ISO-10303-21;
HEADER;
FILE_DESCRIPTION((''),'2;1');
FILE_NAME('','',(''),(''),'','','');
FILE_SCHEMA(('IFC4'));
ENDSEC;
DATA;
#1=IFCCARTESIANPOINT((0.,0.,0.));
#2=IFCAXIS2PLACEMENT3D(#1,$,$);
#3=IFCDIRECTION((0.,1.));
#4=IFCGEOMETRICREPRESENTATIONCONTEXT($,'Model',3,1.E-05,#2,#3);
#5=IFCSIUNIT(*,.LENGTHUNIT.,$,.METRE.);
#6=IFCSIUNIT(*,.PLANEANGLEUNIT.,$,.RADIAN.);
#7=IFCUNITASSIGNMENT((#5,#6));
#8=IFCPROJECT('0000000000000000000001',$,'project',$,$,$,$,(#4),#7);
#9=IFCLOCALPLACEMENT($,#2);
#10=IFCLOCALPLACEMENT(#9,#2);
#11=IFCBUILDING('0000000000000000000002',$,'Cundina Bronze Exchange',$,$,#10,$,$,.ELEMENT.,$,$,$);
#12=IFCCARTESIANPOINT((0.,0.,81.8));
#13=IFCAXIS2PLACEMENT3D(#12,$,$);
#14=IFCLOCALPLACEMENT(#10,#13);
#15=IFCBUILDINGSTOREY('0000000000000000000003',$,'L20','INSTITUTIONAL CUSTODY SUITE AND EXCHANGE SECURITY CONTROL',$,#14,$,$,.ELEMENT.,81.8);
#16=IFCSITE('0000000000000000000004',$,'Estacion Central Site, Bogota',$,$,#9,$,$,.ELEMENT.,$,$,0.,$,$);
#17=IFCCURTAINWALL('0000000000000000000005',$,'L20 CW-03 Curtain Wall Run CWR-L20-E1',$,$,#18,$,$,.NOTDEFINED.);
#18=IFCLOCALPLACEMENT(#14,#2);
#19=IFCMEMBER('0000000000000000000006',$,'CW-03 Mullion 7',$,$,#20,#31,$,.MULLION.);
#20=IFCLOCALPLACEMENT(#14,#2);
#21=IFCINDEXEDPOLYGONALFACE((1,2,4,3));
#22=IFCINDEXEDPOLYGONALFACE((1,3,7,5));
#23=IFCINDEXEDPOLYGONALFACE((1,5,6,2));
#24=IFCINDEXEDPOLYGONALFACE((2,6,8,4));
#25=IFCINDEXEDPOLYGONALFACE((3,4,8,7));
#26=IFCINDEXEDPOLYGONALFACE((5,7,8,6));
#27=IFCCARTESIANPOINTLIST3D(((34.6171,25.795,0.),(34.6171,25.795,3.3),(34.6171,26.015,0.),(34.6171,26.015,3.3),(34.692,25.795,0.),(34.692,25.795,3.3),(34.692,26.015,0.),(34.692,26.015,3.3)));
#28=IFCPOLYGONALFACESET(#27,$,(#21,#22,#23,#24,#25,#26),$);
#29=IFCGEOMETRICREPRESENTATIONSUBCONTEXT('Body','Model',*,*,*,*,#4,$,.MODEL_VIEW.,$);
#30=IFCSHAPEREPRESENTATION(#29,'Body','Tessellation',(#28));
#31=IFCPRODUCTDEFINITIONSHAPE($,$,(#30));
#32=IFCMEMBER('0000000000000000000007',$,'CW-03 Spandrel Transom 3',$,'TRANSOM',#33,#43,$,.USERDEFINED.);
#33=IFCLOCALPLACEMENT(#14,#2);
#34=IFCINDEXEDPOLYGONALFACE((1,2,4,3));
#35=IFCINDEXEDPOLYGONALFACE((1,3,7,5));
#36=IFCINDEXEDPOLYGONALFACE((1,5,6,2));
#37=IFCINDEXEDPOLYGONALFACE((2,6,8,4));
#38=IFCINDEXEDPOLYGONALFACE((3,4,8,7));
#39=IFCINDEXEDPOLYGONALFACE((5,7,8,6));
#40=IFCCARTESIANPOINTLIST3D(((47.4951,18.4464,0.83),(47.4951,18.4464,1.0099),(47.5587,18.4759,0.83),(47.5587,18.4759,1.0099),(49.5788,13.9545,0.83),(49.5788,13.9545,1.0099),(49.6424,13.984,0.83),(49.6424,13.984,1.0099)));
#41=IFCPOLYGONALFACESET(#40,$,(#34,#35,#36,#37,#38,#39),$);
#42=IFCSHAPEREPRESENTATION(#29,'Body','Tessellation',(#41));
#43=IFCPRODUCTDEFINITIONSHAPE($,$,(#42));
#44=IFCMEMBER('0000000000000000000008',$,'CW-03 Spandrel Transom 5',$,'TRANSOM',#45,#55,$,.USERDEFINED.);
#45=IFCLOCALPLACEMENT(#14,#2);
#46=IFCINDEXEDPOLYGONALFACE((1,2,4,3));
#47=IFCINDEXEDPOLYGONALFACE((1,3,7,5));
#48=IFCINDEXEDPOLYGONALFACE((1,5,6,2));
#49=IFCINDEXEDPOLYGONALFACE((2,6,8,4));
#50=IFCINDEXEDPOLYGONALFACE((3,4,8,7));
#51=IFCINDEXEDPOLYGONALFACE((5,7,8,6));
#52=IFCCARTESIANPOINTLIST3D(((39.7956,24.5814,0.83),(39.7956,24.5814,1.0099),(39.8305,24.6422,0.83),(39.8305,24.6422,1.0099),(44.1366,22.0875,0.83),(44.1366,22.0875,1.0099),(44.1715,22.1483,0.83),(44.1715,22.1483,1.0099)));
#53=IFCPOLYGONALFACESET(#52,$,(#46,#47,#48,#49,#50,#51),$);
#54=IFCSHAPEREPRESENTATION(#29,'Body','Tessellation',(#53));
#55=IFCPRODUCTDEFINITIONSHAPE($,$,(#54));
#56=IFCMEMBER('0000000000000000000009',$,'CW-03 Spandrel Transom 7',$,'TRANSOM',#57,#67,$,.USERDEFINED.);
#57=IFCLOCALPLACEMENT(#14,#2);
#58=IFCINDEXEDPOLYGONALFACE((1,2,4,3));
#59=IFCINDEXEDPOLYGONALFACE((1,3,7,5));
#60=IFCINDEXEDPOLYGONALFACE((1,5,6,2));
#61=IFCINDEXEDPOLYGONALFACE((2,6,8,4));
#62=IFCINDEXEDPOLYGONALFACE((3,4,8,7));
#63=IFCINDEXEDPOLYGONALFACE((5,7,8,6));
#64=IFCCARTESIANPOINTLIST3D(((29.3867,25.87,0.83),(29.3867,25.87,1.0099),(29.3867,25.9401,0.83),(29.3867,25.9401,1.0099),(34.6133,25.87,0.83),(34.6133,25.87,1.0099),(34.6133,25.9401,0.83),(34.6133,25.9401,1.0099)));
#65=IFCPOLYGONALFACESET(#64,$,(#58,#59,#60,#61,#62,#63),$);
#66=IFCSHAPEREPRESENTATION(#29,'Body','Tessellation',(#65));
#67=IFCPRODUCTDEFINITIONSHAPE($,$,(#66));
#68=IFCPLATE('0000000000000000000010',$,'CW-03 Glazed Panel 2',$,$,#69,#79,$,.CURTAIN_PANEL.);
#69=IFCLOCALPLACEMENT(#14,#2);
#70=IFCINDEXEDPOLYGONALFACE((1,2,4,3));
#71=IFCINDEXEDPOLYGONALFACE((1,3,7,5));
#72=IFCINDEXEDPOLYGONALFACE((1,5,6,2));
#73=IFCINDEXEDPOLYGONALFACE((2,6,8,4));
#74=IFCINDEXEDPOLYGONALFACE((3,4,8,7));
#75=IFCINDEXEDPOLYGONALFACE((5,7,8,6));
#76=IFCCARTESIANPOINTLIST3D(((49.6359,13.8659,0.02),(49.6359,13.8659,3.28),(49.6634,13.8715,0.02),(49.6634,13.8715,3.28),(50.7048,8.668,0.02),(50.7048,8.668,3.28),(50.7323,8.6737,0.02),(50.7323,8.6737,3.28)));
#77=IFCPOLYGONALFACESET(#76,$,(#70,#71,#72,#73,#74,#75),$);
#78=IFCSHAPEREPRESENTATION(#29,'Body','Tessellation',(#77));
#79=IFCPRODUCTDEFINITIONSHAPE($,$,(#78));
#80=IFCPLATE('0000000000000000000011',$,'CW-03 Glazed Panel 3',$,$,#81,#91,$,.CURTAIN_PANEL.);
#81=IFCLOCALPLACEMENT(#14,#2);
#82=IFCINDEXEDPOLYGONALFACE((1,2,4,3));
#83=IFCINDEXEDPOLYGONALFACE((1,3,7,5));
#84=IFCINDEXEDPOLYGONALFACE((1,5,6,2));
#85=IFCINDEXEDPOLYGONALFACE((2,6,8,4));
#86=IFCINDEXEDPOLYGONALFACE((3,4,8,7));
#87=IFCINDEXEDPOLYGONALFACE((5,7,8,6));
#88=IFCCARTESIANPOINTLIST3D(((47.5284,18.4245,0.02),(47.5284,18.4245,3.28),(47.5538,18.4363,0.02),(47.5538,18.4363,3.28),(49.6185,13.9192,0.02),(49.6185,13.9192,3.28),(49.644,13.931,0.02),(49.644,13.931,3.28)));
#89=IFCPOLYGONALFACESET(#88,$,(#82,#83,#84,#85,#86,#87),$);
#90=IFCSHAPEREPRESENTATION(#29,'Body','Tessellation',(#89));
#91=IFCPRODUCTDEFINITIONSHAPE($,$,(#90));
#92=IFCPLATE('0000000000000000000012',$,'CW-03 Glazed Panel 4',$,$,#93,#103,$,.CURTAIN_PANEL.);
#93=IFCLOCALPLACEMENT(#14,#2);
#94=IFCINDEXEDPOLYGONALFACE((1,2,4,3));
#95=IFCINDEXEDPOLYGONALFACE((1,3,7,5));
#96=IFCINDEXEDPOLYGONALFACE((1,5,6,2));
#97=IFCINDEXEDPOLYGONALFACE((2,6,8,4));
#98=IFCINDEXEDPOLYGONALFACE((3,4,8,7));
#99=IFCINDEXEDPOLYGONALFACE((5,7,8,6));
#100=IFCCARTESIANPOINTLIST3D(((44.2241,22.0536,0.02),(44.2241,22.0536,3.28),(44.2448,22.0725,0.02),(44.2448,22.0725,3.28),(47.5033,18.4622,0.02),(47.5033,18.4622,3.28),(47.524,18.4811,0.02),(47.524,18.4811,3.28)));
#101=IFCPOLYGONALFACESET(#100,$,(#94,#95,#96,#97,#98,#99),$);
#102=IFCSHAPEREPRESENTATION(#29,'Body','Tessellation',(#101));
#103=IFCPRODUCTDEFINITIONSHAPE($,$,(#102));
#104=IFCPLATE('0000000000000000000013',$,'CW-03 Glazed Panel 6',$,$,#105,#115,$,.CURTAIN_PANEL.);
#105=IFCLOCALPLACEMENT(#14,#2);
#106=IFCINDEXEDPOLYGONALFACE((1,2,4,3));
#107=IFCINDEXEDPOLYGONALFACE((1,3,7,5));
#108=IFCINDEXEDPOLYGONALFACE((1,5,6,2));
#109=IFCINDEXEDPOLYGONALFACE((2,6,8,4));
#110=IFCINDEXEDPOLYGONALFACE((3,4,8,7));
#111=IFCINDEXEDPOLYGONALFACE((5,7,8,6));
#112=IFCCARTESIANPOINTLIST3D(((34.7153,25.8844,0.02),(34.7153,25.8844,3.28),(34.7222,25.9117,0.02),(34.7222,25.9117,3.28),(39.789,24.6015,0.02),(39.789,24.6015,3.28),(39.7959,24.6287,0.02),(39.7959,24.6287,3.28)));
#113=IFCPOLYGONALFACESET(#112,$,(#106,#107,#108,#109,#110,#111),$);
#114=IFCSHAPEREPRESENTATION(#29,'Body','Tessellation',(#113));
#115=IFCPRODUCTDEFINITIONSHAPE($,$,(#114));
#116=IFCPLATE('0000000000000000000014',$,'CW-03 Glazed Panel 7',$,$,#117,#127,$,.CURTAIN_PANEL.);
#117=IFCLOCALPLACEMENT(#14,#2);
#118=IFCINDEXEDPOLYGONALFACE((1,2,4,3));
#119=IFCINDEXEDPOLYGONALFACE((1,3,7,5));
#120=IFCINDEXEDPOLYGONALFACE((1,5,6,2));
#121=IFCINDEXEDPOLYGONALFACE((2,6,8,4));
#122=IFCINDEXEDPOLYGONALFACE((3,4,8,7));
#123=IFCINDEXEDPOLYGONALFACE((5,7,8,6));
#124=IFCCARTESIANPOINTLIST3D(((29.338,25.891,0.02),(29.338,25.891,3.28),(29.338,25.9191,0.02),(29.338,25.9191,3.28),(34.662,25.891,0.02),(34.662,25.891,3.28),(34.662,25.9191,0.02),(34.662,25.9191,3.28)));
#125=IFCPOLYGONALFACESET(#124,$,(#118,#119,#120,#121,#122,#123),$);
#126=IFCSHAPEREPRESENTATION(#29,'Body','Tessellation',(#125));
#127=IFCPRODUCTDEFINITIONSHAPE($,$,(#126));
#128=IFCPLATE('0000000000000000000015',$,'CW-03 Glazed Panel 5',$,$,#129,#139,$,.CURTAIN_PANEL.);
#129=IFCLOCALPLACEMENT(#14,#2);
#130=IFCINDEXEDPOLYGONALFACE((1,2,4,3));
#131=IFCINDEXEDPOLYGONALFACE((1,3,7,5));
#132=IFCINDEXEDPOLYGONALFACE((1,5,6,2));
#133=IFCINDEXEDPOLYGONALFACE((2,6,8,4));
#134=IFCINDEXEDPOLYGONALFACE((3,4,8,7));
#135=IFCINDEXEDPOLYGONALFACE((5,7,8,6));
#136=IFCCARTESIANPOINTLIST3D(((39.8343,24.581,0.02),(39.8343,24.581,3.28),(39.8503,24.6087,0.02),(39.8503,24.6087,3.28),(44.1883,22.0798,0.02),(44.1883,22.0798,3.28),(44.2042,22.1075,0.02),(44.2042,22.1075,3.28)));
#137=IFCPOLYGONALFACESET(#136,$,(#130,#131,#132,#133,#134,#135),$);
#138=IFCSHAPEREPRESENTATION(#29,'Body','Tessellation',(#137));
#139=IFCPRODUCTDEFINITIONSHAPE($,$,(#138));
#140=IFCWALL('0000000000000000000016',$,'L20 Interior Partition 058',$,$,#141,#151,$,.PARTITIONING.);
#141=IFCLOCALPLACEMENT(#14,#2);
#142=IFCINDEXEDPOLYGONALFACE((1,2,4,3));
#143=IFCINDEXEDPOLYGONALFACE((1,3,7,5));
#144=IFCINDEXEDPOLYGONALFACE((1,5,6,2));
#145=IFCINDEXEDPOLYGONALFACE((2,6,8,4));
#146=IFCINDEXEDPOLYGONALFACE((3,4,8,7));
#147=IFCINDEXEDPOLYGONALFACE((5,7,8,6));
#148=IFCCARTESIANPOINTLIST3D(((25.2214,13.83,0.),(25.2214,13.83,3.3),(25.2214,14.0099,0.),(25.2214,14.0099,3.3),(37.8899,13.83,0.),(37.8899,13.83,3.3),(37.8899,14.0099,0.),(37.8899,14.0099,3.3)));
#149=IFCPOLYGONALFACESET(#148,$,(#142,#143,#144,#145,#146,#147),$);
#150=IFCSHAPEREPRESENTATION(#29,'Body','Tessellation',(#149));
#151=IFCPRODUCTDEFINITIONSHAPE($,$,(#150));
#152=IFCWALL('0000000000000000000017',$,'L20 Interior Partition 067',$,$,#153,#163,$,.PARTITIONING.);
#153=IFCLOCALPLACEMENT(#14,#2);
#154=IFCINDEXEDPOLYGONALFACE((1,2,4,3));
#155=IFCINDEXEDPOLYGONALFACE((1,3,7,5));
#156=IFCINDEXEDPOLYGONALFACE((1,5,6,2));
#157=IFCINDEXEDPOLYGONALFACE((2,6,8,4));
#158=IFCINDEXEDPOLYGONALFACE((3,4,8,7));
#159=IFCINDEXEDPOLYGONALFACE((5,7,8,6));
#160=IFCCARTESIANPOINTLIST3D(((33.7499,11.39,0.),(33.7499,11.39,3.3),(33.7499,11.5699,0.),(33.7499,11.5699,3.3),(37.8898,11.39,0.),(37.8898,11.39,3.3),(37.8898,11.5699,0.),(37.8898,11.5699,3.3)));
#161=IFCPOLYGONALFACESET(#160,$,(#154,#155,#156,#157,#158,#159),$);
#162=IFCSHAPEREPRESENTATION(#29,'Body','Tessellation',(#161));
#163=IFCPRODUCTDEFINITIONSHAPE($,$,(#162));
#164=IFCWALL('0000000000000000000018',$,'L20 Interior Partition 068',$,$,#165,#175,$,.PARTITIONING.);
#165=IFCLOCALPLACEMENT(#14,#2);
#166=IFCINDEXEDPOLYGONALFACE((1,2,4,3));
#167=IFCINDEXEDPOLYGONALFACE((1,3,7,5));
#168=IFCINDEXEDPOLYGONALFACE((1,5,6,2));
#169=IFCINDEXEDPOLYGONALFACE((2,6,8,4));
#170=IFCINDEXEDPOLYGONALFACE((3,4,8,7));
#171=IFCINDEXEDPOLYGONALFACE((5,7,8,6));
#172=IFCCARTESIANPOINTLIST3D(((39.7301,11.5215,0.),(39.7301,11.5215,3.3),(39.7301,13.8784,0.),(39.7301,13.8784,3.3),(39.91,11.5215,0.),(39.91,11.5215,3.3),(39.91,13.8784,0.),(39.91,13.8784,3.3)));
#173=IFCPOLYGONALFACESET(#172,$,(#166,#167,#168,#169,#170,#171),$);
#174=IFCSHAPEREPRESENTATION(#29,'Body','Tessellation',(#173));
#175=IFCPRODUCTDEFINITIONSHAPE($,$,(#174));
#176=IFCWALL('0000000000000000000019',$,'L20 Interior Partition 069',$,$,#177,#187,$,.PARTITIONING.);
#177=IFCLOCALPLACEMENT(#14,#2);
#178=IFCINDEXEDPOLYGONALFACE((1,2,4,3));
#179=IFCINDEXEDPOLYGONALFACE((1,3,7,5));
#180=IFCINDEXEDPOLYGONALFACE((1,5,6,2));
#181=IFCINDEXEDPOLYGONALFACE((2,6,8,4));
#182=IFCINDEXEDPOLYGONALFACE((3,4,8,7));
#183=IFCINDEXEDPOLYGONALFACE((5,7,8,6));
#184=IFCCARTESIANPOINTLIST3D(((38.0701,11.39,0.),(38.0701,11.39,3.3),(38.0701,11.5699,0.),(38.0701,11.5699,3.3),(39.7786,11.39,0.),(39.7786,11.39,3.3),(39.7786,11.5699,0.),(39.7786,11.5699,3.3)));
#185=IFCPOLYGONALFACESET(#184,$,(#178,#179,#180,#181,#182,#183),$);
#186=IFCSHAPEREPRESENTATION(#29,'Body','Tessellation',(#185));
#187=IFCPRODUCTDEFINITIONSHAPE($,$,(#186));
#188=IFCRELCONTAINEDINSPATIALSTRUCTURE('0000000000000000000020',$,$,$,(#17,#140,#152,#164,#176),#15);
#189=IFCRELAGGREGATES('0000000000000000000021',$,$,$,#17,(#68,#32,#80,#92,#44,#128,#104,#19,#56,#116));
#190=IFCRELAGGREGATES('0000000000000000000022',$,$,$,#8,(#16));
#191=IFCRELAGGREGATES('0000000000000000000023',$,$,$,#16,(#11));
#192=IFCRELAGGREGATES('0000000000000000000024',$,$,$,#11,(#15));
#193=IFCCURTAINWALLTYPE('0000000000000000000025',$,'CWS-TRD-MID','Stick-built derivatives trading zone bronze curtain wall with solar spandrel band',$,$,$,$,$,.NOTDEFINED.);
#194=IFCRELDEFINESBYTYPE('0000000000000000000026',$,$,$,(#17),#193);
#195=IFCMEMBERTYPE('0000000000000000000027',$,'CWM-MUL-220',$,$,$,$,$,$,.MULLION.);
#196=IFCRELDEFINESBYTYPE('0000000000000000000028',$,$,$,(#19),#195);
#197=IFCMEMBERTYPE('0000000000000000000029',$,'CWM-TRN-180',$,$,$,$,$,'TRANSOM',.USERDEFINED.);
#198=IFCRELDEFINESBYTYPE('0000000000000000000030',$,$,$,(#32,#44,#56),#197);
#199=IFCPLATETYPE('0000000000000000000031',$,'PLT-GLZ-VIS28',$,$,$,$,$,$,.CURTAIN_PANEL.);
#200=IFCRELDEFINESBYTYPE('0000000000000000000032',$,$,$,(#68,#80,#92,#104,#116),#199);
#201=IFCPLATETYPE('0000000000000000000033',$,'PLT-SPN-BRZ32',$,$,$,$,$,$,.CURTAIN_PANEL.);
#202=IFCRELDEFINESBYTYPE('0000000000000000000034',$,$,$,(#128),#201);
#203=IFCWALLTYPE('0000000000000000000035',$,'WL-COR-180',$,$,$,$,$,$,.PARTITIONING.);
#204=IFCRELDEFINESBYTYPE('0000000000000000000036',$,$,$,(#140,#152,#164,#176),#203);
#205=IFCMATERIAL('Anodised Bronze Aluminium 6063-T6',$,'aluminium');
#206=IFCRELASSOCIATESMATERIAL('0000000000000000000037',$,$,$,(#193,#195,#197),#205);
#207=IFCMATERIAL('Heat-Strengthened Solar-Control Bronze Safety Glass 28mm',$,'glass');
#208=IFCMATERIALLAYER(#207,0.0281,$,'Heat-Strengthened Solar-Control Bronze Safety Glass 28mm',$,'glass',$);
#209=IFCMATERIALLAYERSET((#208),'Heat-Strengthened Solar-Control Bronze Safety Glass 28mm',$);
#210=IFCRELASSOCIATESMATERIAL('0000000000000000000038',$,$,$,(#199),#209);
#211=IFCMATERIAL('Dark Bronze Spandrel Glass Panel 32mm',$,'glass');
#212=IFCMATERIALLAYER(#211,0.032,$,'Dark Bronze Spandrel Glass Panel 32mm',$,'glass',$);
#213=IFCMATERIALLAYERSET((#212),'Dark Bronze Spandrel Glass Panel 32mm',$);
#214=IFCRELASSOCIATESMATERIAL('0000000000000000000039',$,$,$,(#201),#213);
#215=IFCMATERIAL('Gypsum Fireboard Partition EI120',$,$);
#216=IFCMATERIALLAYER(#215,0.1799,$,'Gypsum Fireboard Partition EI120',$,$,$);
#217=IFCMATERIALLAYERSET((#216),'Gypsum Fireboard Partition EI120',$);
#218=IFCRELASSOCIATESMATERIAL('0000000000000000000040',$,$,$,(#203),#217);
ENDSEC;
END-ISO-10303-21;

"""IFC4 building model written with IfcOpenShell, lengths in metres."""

from ifc_helpers import new_model, si_unit, direction, frame, frame_2d, origin, origin_2d, place, context, subcontext, project, spatial, rectangle, extrude, material, layer, layer_set, material_profile, profile_set, type_object, element, aggregate, save


model = new_model("IFC4")

# Units and contexts
model_context = context("Model", 3, precision=1e-05, world=origin(), true_north=direction((0.0, 1.0)))
body_context = subcontext(model_context, "Body", "Model", "MODEL_VIEW")
ifc_project = project(units=[si_unit("LENGTHUNIT", "METRE"), si_unit("PLANEANGLEUNIT", "RADIAN")], contexts=[model_context])

# Site, building, storey
site_placement = place(None, origin())
site = spatial("IfcSite", under=ifc_project, at=site_placement, Name="Estacion Central Site, Bogota", CompositionType="ELEMENT", RefElevation=0.0)
building_placement = place(site_placement, origin())
building = spatial("IfcBuilding", under=site, at=building_placement, Name="Cundina Bronze Exchange", CompositionType="ELEMENT")
storey_placement = place(building_placement, frame((0.0, 0.0, 81.8)))
storey = spatial("IfcBuildingStorey", under=building, at=storey_placement, Name="L20", Description="INSTITUTIONAL CUSTODY SUITE AND EXCHANGE SECURITY CONTROL", CompositionType="ELEMENT", Elevation=81.8)

# Curtain wall, members, plates
ifc_material_1 = material(Name="Anodised Bronze Aluminium 6063-T6", Category="aluminium")
curtain_wall_type = type_object("IfcCurtainWallType", Name="CWS-TRD-MID", Description="Stick-built derivatives trading zone bronze curtain wall with solar spandrel band", PredefinedType="NOTDEFINED", material=ifc_material_1)
curtain_wall_placement = place(storey_placement, origin())
curtain_wall = element("IfcCurtainWall", 1, at=curtain_wall_placement, inside=storey, type_object=curtain_wall_type, Name="L20 CW-03 Curtain Wall Run CWR-L20-E1", PredefinedType="NOTDEFINED")
ifc_material_profile_1 = material_profile(ifc_material_1, rectangle(XDim=0.075, YDim=0.22, at=origin_2d()), Name="AL75X220", Category="aluminium")
ifc_profile_set_1 = profile_set([ifc_material_profile_1], Name="Anodised Bronze Aluminium 6063-T6")
member_type_1 = type_object("IfcMemberType", Name="CWM-MUL-220", PredefinedType="MULLION", material=ifc_profile_set_1)
member_1_placement = place(storey_placement, frame((34.6545, 25.905, 0.0), z_axis=(0.0, 0.0, 1.0), x_axis=(-1.0, 0.0, 0.0)))
member_1 = element("IfcMember", 2, at=member_1_placement, type_object=member_type_1, Name="CW-03 Mullion 7", PredefinedType="MULLION", context=body_context, shape_type="SweptSolid", body=[
    extrude(rectangle(XDim=0.075, YDim=0.22, at=origin_2d()), origin(), (0.0, 0.0, 1.0), 3.3),
])
ifc_material_profile_2 = material_profile(ifc_material_1, rectangle(XDim=0.0701, YDim=0.1799, at=origin_2d()), Name="AL70X180", Category="aluminium")
ifc_profile_set_2 = profile_set([ifc_material_profile_2], Name="Anodised Bronze Aluminium 6063-T6")
member_type_2 = type_object("IfcMemberType", Name="CWM-TRN-180", ElementType="TRANSOM", PredefinedType="USERDEFINED", material=ifc_profile_set_2)
member_2_placement = place(storey_placement, frame((49.6106, 13.9692, 0.9199), z_axis=(-0.420811, 0.907148, 0.0), x_axis=(-0.907148, -0.420811, 0.0)))
member_2 = element("IfcMember", 3, at=member_2_placement, type_object=member_type_2, Name="CW-03 Spandrel Transom 3", ObjectType="TRANSOM", PredefinedType="USERDEFINED", context=body_context, shape_type="SweptSolid", body=[
    extrude(rectangle(XDim=0.0701, YDim=0.1799, at=origin_2d()), origin(), (0.0, 0.0, 1.0), 4.9517),
])
member_3_placement = place(storey_placement, frame((44.1541, 22.1179, 0.9199), z_axis=(-0.867097, 0.498139, 0.0), x_axis=(-0.498139, -0.867097, 0.0)))
member_3 = element("IfcMember", 4, at=member_3_placement, type_object=member_type_2, Name="CW-03 Spandrel Transom 5", ObjectType="TRANSOM", PredefinedType="USERDEFINED", context=body_context, shape_type="SweptSolid", body=[
    extrude(rectangle(XDim=0.0701, YDim=0.1799, at=origin_2d()), origin(), (0.0, 0.0, 1.0), 5.0063),
])
member_4_placement = place(storey_placement, frame((34.6133, 25.905, 0.9199), z_axis=(-1.0, 0.0, 0.0), x_axis=(0.0, -1.0, 0.0)))
member_4 = element("IfcMember", 5, at=member_4_placement, type_object=member_type_2, Name="CW-03 Spandrel Transom 7", ObjectType="TRANSOM", PredefinedType="USERDEFINED", context=body_context, shape_type="SweptSolid", body=[
    extrude(rectangle(XDim=0.0701, YDim=0.1799, at=origin_2d()), origin(), (0.0, 0.0, 1.0), 5.2266),
])
ifc_material_2 = material(Name="Heat-Strengthened Solar-Control Bronze Safety Glass 28mm", Category="glass")
ifc_layer_1 = layer(ifc_material_2, 0.0281, Name="Heat-Strengthened Solar-Control Bronze Safety Glass 28mm", Category="glass")
ifc_layer_set_1 = layer_set([ifc_layer_1], Name="Heat-Strengthened Solar-Control Bronze Safety Glass 28mm")
plate_type_1 = type_object("IfcPlateType", Name="PLT-GLZ-VIS28", PredefinedType="CURTAIN_PANEL", material=ifc_layer_set_1)
plate_1_placement = place(storey_placement, frame((50.1841, 11.2698, 0.02), z_axis=(0.0, 0.0, 1.0), x_axis=(-0.20142, 0.979505, 0.0)))
plate_1 = element("IfcPlate", 6, at=plate_1_placement, type_object=plate_type_1, Name="CW-03 Glazed Panel 2", PredefinedType="CURTAIN_PANEL", context=body_context, shape_type="SweptSolid", body=[
    extrude(rectangle(XDim=5.3066, YDim=0.0281, at=origin_2d()), origin(), (0.0, 0.0, 1.0), 3.26),
])
plate_2_placement = place(storey_placement, frame((48.5862, 16.1777, 0.02), z_axis=(0.0, 0.0, 1.0), x_axis=(-0.420846, 0.907132, 0.0)))
plate_2 = element("IfcPlate", 7, at=plate_2_placement, type_object=plate_type_1, Name="CW-03 Glazed Panel 3", PredefinedType="CURTAIN_PANEL", context=body_context, shape_type="SweptSolid", body=[
    extrude(rectangle(XDim=4.9666, YDim=0.0281, at=origin_2d()), origin(), (0.0, 0.0, 1.0), 3.26),
])
plate_3_placement = place(storey_placement, frame((45.874, 20.2673, 0.02), z_axis=(0.0, 0.0, 1.0), x_axis=(-0.674277, 0.738479, 0.0)))
plate_3 = element("IfcPlate", 8, at=plate_3_placement, type_object=plate_type_1, Name="CW-03 Glazed Panel 4", PredefinedType="CURTAIN_PANEL", context=body_context, shape_type="SweptSolid", body=[
    extrude(rectangle(XDim=4.8633, YDim=0.0281, at=origin_2d()), origin(), (0.0, 0.0, 1.0), 3.26),
])
plate_4_placement = place(storey_placement, frame((37.2556, 25.2566, 0.02), z_axis=(0.0, 0.0, 1.0), x_axis=(-0.969488, 0.245138, 0.0)))
plate_4 = element("IfcPlate", 9, at=plate_4_placement, type_object=plate_type_1, Name="CW-03 Glazed Panel 6", PredefinedType="CURTAIN_PANEL", context=body_context, shape_type="SweptSolid", body=[
    extrude(rectangle(XDim=5.2334, YDim=0.0281, at=origin_2d()), origin(), (0.0, 0.0, 1.0), 3.26),
])
plate_5_placement = place(storey_placement, frame((32.0, 25.905, 0.02), z_axis=(0.0, 0.0, 1.0), x_axis=(-1.0, 0.0, 0.0)))
plate_5 = element("IfcPlate", 10, at=plate_5_placement, type_object=plate_type_1, Name="CW-03 Glazed Panel 7", PredefinedType="CURTAIN_PANEL", context=body_context, shape_type="SweptSolid", body=[
    extrude(rectangle(XDim=5.324, YDim=0.0281, at=origin_2d()), origin(), (0.0, 0.0, 1.0), 3.26),
])
ifc_material_3 = material(Name="Dark Bronze Spandrel Glass Panel 32mm", Category="glass")
ifc_layer_2 = layer(ifc_material_3, 0.032, Name="Dark Bronze Spandrel Glass Panel 32mm", Category="glass")
ifc_layer_set_2 = layer_set([ifc_layer_2], Name="Dark Bronze Spandrel Glass Panel 32mm")
plate_type_2 = type_object("IfcPlateType", Name="PLT-SPN-BRZ32", PredefinedType="CURTAIN_PANEL", material=ifc_layer_set_2)
plate_6_placement = place(storey_placement, frame((42.0193, 23.3442, 0.02), z_axis=(0.0, 0.0, 1.0), x_axis=(-0.867105, 0.498125, 0.0)))
plate_6 = element("IfcPlate", 11, at=plate_6_placement, type_object=plate_type_2, Name="CW-03 Glazed Panel 5", PredefinedType="CURTAIN_PANEL", context=body_context, shape_type="SweptSolid", body=[
    extrude(rectangle(XDim=5.0212, YDim=0.032, at=origin_2d()), origin(), (0.0, 0.0, 1.0), 3.26),
])
aggregate(curtain_wall, [plate_1, member_2, plate_2, plate_3, member_3, plate_6, plate_4, member_1, member_4, plate_5])

# Walls
ifc_material_4 = material(Name="Gypsum Fireboard Partition EI120")
ifc_layer_3 = layer(ifc_material_4, 0.1799, Name="Gypsum Fireboard Partition EI120")
ifc_layer_set_3 = layer_set([ifc_layer_3], Name="Gypsum Fireboard Partition EI120")
wall_type_1 = type_object("IfcWallType", Name="WL-COR-180", PredefinedType="PARTITIONING", material=ifc_layer_set_3)
wall_1_placement = place(storey_placement, frame((37.8899, 13.9199, 0.0), z_axis=(0.0, 0.0, 1.0), x_axis=(-1.0, 0.0, 0.0)))
element("IfcWall", 12, at=wall_1_placement, inside=storey, type_object=wall_type_1, Name="L20 Interior Partition 058", PredefinedType="PARTITIONING", context=body_context, shape_type="SweptSolid", body=[
    extrude(rectangle(XDim=12.6685, YDim=0.1799, at=frame_2d((6.3342, 0.0))), origin(), (0.0, 0.0, 1.0), 3.3),
])
wall_2_placement = place(storey_placement, frame((33.75, 11.48, 0.0), z_axis=(0.0, 0.0, 1.0), x_axis=(1.0, 0.0, 0.0)))
element("IfcWall", 13, at=wall_2_placement, inside=storey, type_object=wall_type_1, Name="L20 Interior Partition 067", PredefinedType="PARTITIONING", context=body_context, shape_type="SweptSolid", body=[
    extrude(rectangle(XDim=4.1399, YDim=0.1799, at=frame_2d((2.0698, 0.0))), origin(), (0.0, 0.0, 1.0), 3.3),
])
wall_3_placement = place(storey_placement, frame((39.8201, 11.5215, 0.0), z_axis=(0.0, 0.0, 1.0), x_axis=(0.0, 1.0, 0.0)))
element("IfcWall", 14, at=wall_3_placement, inside=storey, type_object=wall_type_1, Name="L20 Interior Partition 068", PredefinedType="PARTITIONING", context=body_context, shape_type="SweptSolid", body=[
    extrude(rectangle(XDim=2.3569, YDim=0.1799, at=frame_2d((1.1785, 0.0))), origin(), (0.0, 0.0, 1.0), 3.3),
])
for number, where, z_axis, x_axis, name in (
    (15, (38.0701, 11.48, 0.0), (0.0, 0.0, 1.0), (1.0, 0.0, 0.0), "L20 Interior Partition 069"),
):
    element("IfcWall", number, at=place(storey_placement, frame(where, z_axis=z_axis, x_axis=x_axis)), inside=storey, type_object=wall_type_1, Name=name, PredefinedType="PARTITIONING", context=body_context, shape_type="SweptSolid", body=[
        extrude(rectangle(XDim=1.7085, YDim=0.1799, at=frame_2d((0.8542, 0.0))), origin(), (0.0, 0.0, 1.0), 3.3),
    ])

save(model, "model.ifc")
